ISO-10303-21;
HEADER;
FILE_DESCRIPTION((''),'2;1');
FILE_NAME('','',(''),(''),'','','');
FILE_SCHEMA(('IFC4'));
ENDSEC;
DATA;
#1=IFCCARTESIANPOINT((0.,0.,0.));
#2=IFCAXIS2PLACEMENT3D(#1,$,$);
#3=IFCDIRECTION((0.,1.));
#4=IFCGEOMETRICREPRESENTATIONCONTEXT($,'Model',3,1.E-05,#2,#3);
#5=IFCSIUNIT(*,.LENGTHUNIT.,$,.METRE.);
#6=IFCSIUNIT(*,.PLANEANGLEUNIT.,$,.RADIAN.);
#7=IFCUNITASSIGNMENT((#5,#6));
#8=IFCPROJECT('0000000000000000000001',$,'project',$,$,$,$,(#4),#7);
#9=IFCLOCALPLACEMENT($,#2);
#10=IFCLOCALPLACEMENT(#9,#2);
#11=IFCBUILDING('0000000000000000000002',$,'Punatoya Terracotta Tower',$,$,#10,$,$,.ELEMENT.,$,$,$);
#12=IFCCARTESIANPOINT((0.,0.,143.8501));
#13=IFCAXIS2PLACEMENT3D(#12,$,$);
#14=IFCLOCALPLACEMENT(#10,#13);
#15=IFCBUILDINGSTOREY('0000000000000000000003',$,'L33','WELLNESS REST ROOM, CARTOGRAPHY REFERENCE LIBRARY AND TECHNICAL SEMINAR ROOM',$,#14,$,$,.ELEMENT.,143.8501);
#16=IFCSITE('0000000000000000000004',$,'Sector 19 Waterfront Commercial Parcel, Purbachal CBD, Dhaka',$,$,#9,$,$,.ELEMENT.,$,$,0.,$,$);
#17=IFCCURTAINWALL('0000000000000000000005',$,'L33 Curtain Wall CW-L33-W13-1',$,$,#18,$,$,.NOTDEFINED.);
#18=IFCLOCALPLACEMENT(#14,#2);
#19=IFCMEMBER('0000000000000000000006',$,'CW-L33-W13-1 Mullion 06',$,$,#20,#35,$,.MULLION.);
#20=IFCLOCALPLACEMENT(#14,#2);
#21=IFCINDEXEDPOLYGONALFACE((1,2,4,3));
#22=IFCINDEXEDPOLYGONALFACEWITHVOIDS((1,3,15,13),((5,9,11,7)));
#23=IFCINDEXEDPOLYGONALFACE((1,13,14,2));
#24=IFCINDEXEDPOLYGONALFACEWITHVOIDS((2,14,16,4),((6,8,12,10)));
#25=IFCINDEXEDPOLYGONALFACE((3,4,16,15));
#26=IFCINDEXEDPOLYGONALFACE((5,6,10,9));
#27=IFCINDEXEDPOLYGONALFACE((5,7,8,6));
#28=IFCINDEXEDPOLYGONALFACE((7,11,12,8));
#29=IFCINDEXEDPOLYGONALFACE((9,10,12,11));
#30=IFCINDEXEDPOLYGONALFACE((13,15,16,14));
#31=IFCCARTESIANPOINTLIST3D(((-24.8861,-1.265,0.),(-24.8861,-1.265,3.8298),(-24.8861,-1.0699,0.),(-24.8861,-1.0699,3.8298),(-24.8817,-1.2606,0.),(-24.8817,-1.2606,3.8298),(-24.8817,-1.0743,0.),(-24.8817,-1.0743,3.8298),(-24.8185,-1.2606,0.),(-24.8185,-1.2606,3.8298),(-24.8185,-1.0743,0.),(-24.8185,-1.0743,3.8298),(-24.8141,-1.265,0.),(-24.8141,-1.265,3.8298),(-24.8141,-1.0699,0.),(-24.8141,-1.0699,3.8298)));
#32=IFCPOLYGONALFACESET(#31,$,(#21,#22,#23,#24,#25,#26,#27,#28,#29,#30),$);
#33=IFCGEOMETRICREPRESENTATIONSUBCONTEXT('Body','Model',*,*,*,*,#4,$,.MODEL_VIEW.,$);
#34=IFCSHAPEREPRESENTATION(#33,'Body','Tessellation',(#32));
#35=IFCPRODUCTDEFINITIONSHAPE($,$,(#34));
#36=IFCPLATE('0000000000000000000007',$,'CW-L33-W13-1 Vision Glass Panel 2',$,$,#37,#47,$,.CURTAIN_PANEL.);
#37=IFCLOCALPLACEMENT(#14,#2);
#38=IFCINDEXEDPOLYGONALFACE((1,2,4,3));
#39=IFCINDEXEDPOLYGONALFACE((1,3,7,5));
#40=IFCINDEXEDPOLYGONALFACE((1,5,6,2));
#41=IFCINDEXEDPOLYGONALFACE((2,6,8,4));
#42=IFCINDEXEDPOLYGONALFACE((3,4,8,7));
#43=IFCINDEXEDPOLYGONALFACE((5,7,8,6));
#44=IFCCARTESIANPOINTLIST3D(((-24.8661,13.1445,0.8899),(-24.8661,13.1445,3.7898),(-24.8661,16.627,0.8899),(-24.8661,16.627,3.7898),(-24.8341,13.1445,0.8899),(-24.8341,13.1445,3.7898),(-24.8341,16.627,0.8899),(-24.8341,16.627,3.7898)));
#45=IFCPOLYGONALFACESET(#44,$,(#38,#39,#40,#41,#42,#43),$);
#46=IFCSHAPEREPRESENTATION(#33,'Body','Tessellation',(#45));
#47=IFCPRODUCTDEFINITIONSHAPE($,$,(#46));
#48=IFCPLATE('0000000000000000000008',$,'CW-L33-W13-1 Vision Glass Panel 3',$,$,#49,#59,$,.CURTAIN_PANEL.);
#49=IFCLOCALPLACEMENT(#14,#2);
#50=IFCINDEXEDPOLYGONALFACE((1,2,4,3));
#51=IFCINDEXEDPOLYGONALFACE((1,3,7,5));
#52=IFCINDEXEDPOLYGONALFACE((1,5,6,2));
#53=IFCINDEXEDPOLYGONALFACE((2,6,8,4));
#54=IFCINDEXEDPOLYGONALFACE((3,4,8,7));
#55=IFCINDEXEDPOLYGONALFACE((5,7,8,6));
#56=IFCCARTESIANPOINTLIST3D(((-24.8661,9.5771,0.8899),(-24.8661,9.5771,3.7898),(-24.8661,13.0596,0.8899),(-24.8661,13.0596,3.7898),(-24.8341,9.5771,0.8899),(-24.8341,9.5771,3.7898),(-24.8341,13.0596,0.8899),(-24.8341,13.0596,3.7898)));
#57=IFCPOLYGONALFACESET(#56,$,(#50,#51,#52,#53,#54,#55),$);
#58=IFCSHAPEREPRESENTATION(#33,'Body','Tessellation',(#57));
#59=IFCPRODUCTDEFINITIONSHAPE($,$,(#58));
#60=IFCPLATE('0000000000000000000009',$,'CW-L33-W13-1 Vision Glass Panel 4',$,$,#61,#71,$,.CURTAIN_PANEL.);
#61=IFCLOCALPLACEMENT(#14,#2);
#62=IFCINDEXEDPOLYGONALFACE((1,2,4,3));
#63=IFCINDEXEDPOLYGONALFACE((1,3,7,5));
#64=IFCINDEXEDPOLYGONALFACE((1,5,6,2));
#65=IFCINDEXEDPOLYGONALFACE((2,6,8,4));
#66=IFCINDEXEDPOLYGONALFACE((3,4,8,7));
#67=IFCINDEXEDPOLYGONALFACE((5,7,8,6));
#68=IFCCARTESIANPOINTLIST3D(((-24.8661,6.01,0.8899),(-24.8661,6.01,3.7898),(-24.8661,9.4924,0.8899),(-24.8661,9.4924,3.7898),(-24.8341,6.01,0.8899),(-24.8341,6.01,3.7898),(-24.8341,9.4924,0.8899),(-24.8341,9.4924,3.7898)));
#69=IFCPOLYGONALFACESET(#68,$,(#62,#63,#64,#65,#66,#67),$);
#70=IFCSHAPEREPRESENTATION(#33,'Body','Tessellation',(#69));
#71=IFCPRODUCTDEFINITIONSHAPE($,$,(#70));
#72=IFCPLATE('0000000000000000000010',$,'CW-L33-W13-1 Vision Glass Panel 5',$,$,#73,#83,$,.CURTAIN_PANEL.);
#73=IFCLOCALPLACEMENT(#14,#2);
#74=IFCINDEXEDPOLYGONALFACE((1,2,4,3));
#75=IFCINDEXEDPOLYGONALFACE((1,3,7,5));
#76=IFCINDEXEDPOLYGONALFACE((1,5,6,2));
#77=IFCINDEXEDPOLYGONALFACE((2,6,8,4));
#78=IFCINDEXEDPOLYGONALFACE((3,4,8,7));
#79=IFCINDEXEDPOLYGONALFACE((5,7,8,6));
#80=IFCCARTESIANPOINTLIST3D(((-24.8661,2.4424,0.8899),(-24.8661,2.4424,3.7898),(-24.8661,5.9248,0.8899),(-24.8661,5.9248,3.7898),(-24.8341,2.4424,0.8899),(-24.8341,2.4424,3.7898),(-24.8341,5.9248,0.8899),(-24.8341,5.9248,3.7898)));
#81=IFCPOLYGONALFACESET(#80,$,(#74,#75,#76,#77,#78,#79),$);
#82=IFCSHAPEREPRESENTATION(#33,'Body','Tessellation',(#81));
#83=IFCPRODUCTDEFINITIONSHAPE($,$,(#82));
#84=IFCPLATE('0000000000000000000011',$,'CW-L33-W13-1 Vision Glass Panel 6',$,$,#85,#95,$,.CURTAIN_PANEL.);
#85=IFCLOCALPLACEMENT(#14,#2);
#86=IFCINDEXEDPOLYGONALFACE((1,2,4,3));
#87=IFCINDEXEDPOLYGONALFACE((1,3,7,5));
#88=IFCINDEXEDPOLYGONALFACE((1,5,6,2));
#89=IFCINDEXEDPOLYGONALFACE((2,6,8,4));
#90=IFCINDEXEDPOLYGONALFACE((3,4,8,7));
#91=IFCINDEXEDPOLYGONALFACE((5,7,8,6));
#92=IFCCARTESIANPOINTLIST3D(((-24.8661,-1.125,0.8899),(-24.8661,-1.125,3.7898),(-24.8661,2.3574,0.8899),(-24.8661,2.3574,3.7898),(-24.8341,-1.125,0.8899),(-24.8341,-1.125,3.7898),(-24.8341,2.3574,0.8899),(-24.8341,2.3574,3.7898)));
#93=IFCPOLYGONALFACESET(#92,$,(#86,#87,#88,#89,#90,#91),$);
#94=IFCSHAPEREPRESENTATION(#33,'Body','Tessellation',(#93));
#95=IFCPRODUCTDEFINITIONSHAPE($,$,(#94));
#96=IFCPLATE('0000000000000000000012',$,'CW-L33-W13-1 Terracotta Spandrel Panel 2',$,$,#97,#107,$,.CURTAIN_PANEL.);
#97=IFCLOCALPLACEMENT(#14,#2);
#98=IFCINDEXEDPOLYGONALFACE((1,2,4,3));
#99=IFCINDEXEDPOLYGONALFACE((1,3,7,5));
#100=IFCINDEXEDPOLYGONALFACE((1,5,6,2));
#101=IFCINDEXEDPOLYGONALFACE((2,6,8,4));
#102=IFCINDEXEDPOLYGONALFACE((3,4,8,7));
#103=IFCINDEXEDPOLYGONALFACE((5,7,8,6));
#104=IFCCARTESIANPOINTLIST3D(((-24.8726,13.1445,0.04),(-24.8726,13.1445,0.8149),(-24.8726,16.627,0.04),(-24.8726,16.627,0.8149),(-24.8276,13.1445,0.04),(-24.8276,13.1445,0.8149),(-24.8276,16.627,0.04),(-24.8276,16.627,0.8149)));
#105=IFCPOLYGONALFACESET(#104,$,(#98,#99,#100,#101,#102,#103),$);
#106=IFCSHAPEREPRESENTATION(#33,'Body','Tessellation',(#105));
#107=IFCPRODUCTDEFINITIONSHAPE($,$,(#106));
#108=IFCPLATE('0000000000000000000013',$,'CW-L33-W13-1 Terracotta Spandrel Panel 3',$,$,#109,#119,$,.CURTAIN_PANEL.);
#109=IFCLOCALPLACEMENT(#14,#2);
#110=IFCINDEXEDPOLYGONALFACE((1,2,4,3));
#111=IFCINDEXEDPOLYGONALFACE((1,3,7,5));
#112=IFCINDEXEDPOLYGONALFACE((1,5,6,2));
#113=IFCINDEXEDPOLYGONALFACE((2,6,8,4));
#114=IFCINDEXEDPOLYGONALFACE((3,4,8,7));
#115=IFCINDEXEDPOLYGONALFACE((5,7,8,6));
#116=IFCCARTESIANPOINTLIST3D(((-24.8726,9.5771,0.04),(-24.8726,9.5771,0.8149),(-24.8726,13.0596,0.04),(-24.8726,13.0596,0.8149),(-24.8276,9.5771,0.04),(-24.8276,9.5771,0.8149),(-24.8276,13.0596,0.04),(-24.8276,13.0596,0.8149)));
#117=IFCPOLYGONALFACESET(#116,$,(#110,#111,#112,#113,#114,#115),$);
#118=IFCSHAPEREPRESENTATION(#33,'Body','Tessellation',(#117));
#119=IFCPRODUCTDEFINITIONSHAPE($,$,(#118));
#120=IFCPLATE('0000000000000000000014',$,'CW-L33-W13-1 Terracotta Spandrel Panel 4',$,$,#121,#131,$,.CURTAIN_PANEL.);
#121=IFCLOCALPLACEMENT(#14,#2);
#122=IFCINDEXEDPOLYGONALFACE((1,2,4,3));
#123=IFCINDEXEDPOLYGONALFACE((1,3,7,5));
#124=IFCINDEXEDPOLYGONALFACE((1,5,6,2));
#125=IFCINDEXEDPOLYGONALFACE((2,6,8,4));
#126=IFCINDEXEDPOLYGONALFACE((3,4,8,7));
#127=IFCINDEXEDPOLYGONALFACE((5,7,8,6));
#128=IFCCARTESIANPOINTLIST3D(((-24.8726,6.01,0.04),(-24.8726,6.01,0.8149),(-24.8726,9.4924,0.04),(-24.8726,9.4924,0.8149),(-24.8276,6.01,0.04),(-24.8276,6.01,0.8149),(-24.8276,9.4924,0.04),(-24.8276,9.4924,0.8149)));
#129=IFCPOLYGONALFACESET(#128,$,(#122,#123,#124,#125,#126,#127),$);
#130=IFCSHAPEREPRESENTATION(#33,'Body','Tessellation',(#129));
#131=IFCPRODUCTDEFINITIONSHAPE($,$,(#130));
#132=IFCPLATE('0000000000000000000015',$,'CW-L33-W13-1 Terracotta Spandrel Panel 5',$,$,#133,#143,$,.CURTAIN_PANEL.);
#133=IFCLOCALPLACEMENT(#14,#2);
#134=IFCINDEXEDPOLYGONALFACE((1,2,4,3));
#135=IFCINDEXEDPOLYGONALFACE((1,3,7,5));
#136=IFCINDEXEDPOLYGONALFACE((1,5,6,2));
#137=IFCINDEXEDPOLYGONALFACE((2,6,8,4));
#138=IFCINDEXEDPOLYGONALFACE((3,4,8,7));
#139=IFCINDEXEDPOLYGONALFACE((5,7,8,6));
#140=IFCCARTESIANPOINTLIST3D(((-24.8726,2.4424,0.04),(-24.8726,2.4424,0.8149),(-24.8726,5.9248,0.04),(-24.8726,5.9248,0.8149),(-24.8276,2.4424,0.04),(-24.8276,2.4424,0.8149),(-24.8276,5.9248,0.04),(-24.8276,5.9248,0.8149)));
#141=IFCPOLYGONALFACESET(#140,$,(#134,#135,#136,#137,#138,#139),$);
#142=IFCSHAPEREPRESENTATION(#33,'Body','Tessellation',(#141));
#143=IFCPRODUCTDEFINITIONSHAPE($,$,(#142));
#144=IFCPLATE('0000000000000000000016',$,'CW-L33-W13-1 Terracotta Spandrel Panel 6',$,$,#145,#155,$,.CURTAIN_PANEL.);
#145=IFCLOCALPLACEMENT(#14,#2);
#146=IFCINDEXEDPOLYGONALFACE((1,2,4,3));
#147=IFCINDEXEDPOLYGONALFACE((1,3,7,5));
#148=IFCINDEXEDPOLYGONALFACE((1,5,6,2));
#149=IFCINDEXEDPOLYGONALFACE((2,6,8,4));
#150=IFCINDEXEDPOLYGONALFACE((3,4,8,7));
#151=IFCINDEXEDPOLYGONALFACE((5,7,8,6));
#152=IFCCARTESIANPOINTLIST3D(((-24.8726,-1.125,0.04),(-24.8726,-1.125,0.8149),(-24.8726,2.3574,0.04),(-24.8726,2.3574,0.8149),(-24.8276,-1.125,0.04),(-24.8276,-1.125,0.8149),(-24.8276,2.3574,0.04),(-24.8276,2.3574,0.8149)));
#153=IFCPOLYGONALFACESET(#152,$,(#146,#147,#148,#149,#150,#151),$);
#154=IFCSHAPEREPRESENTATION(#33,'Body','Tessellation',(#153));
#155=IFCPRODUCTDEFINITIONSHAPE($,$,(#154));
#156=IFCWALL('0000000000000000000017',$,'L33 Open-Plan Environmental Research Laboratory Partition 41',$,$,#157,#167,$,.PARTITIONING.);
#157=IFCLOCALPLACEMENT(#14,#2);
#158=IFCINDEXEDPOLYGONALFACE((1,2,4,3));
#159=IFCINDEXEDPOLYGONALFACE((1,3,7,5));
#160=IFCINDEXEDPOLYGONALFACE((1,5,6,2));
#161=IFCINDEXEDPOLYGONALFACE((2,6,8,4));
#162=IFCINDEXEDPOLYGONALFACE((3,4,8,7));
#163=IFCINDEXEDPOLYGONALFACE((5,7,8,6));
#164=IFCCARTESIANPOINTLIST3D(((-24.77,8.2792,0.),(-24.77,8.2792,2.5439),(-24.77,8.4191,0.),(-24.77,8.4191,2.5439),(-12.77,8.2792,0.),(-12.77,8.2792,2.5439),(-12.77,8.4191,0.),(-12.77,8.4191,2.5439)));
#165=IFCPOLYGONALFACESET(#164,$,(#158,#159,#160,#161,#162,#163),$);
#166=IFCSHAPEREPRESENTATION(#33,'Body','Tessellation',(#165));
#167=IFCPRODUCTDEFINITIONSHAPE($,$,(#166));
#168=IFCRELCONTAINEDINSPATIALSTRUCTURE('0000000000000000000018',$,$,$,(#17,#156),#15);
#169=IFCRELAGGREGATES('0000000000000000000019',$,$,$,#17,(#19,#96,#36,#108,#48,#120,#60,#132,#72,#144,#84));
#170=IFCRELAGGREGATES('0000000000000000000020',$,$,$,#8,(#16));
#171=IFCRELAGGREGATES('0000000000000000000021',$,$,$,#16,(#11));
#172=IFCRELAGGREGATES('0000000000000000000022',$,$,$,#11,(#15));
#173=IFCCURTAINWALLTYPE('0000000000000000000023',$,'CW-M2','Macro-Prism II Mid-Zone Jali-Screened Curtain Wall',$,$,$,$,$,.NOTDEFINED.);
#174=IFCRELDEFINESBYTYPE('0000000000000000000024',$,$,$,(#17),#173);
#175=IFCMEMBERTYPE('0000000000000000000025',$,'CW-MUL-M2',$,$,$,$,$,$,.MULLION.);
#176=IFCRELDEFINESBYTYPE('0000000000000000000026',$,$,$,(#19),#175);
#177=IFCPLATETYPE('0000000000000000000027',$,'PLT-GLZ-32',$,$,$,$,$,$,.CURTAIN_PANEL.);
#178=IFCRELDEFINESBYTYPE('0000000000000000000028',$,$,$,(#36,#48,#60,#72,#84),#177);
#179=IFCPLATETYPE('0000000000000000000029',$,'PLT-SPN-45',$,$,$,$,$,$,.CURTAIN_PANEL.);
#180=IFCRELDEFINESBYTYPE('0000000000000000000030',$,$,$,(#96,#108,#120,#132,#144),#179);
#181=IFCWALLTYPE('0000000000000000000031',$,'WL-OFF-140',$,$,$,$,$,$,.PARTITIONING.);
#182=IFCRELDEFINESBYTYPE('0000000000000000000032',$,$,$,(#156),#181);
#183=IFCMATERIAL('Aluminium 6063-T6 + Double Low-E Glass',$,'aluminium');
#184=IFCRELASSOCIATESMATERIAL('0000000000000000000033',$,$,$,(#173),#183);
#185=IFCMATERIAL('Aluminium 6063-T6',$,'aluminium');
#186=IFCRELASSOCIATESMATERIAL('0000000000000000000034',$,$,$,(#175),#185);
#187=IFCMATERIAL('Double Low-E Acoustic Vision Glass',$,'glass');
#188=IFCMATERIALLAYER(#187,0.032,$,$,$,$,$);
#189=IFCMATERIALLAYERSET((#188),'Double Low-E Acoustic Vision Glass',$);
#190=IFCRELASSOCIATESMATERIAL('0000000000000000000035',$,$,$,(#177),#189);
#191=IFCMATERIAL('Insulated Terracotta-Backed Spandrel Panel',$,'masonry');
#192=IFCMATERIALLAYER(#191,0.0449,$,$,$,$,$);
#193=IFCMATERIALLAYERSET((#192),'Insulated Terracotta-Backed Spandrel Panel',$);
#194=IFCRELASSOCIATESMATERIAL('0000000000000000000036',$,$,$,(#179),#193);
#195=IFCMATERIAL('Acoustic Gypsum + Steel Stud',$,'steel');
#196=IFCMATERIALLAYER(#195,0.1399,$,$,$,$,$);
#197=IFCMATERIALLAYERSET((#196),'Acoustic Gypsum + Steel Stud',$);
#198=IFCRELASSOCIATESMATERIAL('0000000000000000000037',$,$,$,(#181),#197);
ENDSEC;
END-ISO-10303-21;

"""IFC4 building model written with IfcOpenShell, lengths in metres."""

from ifc_helpers import new_model, si_unit, direction, frame, frame_2d, origin, origin_2d, place, context, subcontext, project, spatial, rectangle, hollow_rectangle, extrude, material, layer, layer_set, material_profile, profile_set, type_object, element, aggregate, save


model = new_model("IFC4")

# Units and contexts
model_context = context("Model", 3, precision=1e-05, world=origin(), true_north=direction((0.0, 1.0)))
body_context = subcontext(model_context, "Body", "Model", "MODEL_VIEW")
ifc_project = project(units=[si_unit("LENGTHUNIT", "METRE"), si_unit("PLANEANGLEUNIT", "RADIAN")], contexts=[model_context])

# Site, building, storey
site_placement = place(None, origin())
site = spatial("IfcSite", under=ifc_project, at=site_placement, Name="Sector 19 Waterfront Commercial Parcel, Purbachal CBD, Dhaka", CompositionType="ELEMENT", RefElevation=0.0)
building_placement = place(site_placement, origin())
building = spatial("IfcBuilding", under=site, at=building_placement, Name="Punatoya Terracotta Tower", CompositionType="ELEMENT")
storey_placement = place(building_placement, frame((0.0, 0.0, 143.8501)))
storey = spatial("IfcBuildingStorey", under=building, at=storey_placement, Name="L33", Description="WELLNESS REST ROOM, CARTOGRAPHY REFERENCE LIBRARY AND TECHNICAL SEMINAR ROOM", CompositionType="ELEMENT", Elevation=143.8501)

# Curtain wall, member, plates
ifc_material_1 = material(Name="Aluminium 6063-T6 + Double Low-E Glass", Category="aluminium")
curtain_wall_type = type_object("IfcCurtainWallType", Name="CW-M2", Description="Macro-Prism II Mid-Zone Jali-Screened Curtain Wall", PredefinedType="NOTDEFINED", material=ifc_material_1)
curtain_wall_placement = place(storey_placement, origin())
curtain_wall = element("IfcCurtainWall", 1, at=curtain_wall_placement, inside=storey, type_object=curtain_wall_type, Name="L33 Curtain Wall CW-L33-W13-1", PredefinedType="NOTDEFINED")
ifc_material_2 = material(Name="Aluminium 6063-T6", Category="aluminium")
ifc_material_profile_1 = material_profile(ifc_material_2, hollow_rectangle(XDim=0.072, YDim=0.1951, WallThickness=0.0044, at=origin_2d()))
ifc_profile_set_1 = profile_set([ifc_material_profile_1], Name="Aluminium 6063-T6")
member_type = type_object("IfcMemberType", Name="CW-MUL-M2", PredefinedType="MULLION", material=ifc_profile_set_1)
member_1_placement = place(storey_placement, frame((-24.8501, -1.1675, 0.0), z_axis=(0.0, 0.0, 1.0), x_axis=(1.0, 0.0, 0.0)))
member_1 = element("IfcMember", 2, at=member_1_placement, type_object=member_type, Name="CW-L33-W13-1 Mullion 06", PredefinedType="MULLION", context=body_context, shape_type="SweptSolid", body=[
    extrude(hollow_rectangle(XDim=0.072, YDim=0.1951, WallThickness=0.0044, at=origin_2d()), origin(), (0.0, 0.0, 1.0), 3.8298),
])
ifc_material_3 = material(Name="Double Low-E Acoustic Vision Glass", Category="glass")
ifc_layer_1 = layer(ifc_material_3, 0.032)
ifc_layer_set_1 = layer_set([ifc_layer_1], Name="Double Low-E Acoustic Vision Glass")
plate_type_1 = type_object("IfcPlateType", Name="PLT-GLZ-32", PredefinedType="CURTAIN_PANEL", material=ifc_layer_set_1)
plate_1_placement = place(storey_placement, frame((-24.8501, 14.8857, 0.8899), z_axis=(0.0, 0.0, 1.0), x_axis=(0.0, -1.0, 0.0)))
plate_1 = element("IfcPlate", 3, at=plate_1_placement, type_object=plate_type_1, Name="CW-L33-W13-1 Vision Glass Panel 2", PredefinedType="CURTAIN_PANEL", context=body_context, shape_type="SweptSolid", body=[
    extrude(rectangle(XDim=3.4824, YDim=0.032, at=origin_2d()), origin(), (0.0, 0.0, 1.0), 2.8999),
])
plate_2_placement = place(storey_placement, frame((-24.8501, 11.3184, 0.8899), z_axis=(0.0, 0.0, 1.0), x_axis=(0.0, -1.0, 0.0)))
plate_2 = element("IfcPlate", 4, at=plate_2_placement, type_object=plate_type_1, Name="CW-L33-W13-1 Vision Glass Panel 3", PredefinedType="CURTAIN_PANEL", context=body_context, shape_type="SweptSolid", body=[
    extrude(rectangle(XDim=3.4824, YDim=0.032, at=origin_2d()), origin(), (0.0, 0.0, 1.0), 2.8999),
])
plate_3_placement = place(storey_placement, frame((-24.8501, 7.7512, 0.8899), z_axis=(0.0, 0.0, 1.0), x_axis=(0.0, -1.0, 0.0)))
plate_3 = element("IfcPlate", 5, at=plate_3_placement, type_object=plate_type_1, Name="CW-L33-W13-1 Vision Glass Panel 4", PredefinedType="CURTAIN_PANEL", context=body_context, shape_type="SweptSolid", body=[
    extrude(rectangle(XDim=3.4824, YDim=0.032, at=origin_2d()), origin(), (0.0, 0.0, 1.0), 2.8999),
])
plate_4_placement = place(storey_placement, frame((-24.8501, 4.1836, 0.8899), z_axis=(0.0, 0.0, 1.0), x_axis=(0.0, -1.0, 0.0)))
plate_4 = element("IfcPlate", 6, at=plate_4_placement, type_object=plate_type_1, Name="CW-L33-W13-1 Vision Glass Panel 5", PredefinedType="CURTAIN_PANEL", context=body_context, shape_type="SweptSolid", body=[
    extrude(rectangle(XDim=3.4824, YDim=0.032, at=origin_2d()), origin(), (0.0, 0.0, 1.0), 2.8999),
])
plate_5_placement = place(storey_placement, frame((-24.8501, 0.6162, 0.8899), z_axis=(0.0, 0.0, 1.0), x_axis=(0.0, -1.0, 0.0)))
plate_5 = element("IfcPlate", 7, at=plate_5_placement, type_object=plate_type_1, Name="CW-L33-W13-1 Vision Glass Panel 6", PredefinedType="CURTAIN_PANEL", context=body_context, shape_type="SweptSolid", body=[
    extrude(rectangle(XDim=3.4824, YDim=0.032, at=origin_2d()), origin(), (0.0, 0.0, 1.0), 2.8999),
])
ifc_material_4 = material(Name="Insulated Terracotta-Backed Spandrel Panel", Category="masonry")
ifc_layer_2 = layer(ifc_material_4, 0.0449)
ifc_layer_set_2 = layer_set([ifc_layer_2], Name="Insulated Terracotta-Backed Spandrel Panel")
plate_type_2 = type_object("IfcPlateType", Name="PLT-SPN-45", PredefinedType="CURTAIN_PANEL", material=ifc_layer_set_2)
plate_6_placement = place(storey_placement, frame((-24.8501, 14.8857, 0.04), z_axis=(0.0, 0.0, 1.0), x_axis=(0.0, -1.0, 0.0)))
plate_6 = element("IfcPlate", 8, at=plate_6_placement, type_object=plate_type_2, Name="CW-L33-W13-1 Terracotta Spandrel Panel 2", PredefinedType="CURTAIN_PANEL", context=body_context, shape_type="SweptSolid", body=[
    extrude(rectangle(XDim=3.4824, YDim=0.0449, at=origin_2d()), origin(), (0.0, 0.0, 1.0), 0.7749),
])
plate_7_placement = place(storey_placement, frame((-24.8501, 11.3184, 0.04), z_axis=(0.0, 0.0, 1.0), x_axis=(0.0, -1.0, 0.0)))
plate_7 = element("IfcPlate", 9, at=plate_7_placement, type_object=plate_type_2, Name="CW-L33-W13-1 Terracotta Spandrel Panel 3", PredefinedType="CURTAIN_PANEL", context=body_context, shape_type="SweptSolid", body=[
    extrude(rectangle(XDim=3.4824, YDim=0.0449, at=origin_2d()), origin(), (0.0, 0.0, 1.0), 0.7749),
])
plate_8_placement = place(storey_placement, frame((-24.8501, 7.7512, 0.04), z_axis=(0.0, 0.0, 1.0), x_axis=(0.0, -1.0, 0.0)))
plate_8 = element("IfcPlate", 10, at=plate_8_placement, type_object=plate_type_2, Name="CW-L33-W13-1 Terracotta Spandrel Panel 4", PredefinedType="CURTAIN_PANEL", context=body_context, shape_type="SweptSolid", body=[
    extrude(rectangle(XDim=3.4824, YDim=0.0449, at=origin_2d()), origin(), (0.0, 0.0, 1.0), 0.7749),
])
plate_9_placement = place(storey_placement, frame((-24.8501, 4.1836, 0.04), z_axis=(0.0, 0.0, 1.0), x_axis=(0.0, -1.0, 0.0)))
plate_9 = element("IfcPlate", 11, at=plate_9_placement, type_object=plate_type_2, Name="CW-L33-W13-1 Terracotta Spandrel Panel 5", PredefinedType="CURTAIN_PANEL", context=body_context, shape_type="SweptSolid", body=[
    extrude(rectangle(XDim=3.4824, YDim=0.0449, at=origin_2d()), origin(), (0.0, 0.0, 1.0), 0.7749),
])
plate_10_placement = place(storey_placement, frame((-24.8501, 0.6162, 0.04), z_axis=(0.0, 0.0, 1.0), x_axis=(0.0, -1.0, 0.0)))
plate_10 = element("IfcPlate", 12, at=plate_10_placement, type_object=plate_type_2, Name="CW-L33-W13-1 Terracotta Spandrel Panel 6", PredefinedType="CURTAIN_PANEL", context=body_context, shape_type="SweptSolid", body=[
    extrude(rectangle(XDim=3.4824, YDim=0.0449, at=origin_2d()), origin(), (0.0, 0.0, 1.0), 0.7749),
])
aggregate(curtain_wall, [member_1, plate_6, plate_1, plate_7, plate_2, plate_8, plate_3, plate_9, plate_4, plate_10, plate_5])

# Wall
ifc_material_5 = material(Name="Acoustic Gypsum + Steel Stud", Category="steel")
ifc_layer_3 = layer(ifc_material_5, 0.1399)
ifc_layer_set_3 = layer_set([ifc_layer_3], Name="Acoustic Gypsum + Steel Stud")
wall_type = type_object("IfcWallType", Name="WL-OFF-140", PredefinedType="PARTITIONING", material=ifc_layer_set_3)
wall_placement = place(storey_placement, frame((-24.77, 8.3491, 0.0), z_axis=(0.0, 0.0, 1.0), x_axis=(1.0, 0.0, 0.0)))
element("IfcWall", 13, at=wall_placement, inside=storey, type_object=wall_type, Name="L33 Open-Plan Environmental Research Laboratory Partition 41", PredefinedType="PARTITIONING", context=body_context, shape_type="SweptSolid", body=[
    extrude(rectangle(XDim=12.0, YDim=0.1399, at=frame_2d((6.0, 0.0))), origin(), (0.0, 0.0, 1.0), 2.5439),
])

save(model, "model.ifc")
